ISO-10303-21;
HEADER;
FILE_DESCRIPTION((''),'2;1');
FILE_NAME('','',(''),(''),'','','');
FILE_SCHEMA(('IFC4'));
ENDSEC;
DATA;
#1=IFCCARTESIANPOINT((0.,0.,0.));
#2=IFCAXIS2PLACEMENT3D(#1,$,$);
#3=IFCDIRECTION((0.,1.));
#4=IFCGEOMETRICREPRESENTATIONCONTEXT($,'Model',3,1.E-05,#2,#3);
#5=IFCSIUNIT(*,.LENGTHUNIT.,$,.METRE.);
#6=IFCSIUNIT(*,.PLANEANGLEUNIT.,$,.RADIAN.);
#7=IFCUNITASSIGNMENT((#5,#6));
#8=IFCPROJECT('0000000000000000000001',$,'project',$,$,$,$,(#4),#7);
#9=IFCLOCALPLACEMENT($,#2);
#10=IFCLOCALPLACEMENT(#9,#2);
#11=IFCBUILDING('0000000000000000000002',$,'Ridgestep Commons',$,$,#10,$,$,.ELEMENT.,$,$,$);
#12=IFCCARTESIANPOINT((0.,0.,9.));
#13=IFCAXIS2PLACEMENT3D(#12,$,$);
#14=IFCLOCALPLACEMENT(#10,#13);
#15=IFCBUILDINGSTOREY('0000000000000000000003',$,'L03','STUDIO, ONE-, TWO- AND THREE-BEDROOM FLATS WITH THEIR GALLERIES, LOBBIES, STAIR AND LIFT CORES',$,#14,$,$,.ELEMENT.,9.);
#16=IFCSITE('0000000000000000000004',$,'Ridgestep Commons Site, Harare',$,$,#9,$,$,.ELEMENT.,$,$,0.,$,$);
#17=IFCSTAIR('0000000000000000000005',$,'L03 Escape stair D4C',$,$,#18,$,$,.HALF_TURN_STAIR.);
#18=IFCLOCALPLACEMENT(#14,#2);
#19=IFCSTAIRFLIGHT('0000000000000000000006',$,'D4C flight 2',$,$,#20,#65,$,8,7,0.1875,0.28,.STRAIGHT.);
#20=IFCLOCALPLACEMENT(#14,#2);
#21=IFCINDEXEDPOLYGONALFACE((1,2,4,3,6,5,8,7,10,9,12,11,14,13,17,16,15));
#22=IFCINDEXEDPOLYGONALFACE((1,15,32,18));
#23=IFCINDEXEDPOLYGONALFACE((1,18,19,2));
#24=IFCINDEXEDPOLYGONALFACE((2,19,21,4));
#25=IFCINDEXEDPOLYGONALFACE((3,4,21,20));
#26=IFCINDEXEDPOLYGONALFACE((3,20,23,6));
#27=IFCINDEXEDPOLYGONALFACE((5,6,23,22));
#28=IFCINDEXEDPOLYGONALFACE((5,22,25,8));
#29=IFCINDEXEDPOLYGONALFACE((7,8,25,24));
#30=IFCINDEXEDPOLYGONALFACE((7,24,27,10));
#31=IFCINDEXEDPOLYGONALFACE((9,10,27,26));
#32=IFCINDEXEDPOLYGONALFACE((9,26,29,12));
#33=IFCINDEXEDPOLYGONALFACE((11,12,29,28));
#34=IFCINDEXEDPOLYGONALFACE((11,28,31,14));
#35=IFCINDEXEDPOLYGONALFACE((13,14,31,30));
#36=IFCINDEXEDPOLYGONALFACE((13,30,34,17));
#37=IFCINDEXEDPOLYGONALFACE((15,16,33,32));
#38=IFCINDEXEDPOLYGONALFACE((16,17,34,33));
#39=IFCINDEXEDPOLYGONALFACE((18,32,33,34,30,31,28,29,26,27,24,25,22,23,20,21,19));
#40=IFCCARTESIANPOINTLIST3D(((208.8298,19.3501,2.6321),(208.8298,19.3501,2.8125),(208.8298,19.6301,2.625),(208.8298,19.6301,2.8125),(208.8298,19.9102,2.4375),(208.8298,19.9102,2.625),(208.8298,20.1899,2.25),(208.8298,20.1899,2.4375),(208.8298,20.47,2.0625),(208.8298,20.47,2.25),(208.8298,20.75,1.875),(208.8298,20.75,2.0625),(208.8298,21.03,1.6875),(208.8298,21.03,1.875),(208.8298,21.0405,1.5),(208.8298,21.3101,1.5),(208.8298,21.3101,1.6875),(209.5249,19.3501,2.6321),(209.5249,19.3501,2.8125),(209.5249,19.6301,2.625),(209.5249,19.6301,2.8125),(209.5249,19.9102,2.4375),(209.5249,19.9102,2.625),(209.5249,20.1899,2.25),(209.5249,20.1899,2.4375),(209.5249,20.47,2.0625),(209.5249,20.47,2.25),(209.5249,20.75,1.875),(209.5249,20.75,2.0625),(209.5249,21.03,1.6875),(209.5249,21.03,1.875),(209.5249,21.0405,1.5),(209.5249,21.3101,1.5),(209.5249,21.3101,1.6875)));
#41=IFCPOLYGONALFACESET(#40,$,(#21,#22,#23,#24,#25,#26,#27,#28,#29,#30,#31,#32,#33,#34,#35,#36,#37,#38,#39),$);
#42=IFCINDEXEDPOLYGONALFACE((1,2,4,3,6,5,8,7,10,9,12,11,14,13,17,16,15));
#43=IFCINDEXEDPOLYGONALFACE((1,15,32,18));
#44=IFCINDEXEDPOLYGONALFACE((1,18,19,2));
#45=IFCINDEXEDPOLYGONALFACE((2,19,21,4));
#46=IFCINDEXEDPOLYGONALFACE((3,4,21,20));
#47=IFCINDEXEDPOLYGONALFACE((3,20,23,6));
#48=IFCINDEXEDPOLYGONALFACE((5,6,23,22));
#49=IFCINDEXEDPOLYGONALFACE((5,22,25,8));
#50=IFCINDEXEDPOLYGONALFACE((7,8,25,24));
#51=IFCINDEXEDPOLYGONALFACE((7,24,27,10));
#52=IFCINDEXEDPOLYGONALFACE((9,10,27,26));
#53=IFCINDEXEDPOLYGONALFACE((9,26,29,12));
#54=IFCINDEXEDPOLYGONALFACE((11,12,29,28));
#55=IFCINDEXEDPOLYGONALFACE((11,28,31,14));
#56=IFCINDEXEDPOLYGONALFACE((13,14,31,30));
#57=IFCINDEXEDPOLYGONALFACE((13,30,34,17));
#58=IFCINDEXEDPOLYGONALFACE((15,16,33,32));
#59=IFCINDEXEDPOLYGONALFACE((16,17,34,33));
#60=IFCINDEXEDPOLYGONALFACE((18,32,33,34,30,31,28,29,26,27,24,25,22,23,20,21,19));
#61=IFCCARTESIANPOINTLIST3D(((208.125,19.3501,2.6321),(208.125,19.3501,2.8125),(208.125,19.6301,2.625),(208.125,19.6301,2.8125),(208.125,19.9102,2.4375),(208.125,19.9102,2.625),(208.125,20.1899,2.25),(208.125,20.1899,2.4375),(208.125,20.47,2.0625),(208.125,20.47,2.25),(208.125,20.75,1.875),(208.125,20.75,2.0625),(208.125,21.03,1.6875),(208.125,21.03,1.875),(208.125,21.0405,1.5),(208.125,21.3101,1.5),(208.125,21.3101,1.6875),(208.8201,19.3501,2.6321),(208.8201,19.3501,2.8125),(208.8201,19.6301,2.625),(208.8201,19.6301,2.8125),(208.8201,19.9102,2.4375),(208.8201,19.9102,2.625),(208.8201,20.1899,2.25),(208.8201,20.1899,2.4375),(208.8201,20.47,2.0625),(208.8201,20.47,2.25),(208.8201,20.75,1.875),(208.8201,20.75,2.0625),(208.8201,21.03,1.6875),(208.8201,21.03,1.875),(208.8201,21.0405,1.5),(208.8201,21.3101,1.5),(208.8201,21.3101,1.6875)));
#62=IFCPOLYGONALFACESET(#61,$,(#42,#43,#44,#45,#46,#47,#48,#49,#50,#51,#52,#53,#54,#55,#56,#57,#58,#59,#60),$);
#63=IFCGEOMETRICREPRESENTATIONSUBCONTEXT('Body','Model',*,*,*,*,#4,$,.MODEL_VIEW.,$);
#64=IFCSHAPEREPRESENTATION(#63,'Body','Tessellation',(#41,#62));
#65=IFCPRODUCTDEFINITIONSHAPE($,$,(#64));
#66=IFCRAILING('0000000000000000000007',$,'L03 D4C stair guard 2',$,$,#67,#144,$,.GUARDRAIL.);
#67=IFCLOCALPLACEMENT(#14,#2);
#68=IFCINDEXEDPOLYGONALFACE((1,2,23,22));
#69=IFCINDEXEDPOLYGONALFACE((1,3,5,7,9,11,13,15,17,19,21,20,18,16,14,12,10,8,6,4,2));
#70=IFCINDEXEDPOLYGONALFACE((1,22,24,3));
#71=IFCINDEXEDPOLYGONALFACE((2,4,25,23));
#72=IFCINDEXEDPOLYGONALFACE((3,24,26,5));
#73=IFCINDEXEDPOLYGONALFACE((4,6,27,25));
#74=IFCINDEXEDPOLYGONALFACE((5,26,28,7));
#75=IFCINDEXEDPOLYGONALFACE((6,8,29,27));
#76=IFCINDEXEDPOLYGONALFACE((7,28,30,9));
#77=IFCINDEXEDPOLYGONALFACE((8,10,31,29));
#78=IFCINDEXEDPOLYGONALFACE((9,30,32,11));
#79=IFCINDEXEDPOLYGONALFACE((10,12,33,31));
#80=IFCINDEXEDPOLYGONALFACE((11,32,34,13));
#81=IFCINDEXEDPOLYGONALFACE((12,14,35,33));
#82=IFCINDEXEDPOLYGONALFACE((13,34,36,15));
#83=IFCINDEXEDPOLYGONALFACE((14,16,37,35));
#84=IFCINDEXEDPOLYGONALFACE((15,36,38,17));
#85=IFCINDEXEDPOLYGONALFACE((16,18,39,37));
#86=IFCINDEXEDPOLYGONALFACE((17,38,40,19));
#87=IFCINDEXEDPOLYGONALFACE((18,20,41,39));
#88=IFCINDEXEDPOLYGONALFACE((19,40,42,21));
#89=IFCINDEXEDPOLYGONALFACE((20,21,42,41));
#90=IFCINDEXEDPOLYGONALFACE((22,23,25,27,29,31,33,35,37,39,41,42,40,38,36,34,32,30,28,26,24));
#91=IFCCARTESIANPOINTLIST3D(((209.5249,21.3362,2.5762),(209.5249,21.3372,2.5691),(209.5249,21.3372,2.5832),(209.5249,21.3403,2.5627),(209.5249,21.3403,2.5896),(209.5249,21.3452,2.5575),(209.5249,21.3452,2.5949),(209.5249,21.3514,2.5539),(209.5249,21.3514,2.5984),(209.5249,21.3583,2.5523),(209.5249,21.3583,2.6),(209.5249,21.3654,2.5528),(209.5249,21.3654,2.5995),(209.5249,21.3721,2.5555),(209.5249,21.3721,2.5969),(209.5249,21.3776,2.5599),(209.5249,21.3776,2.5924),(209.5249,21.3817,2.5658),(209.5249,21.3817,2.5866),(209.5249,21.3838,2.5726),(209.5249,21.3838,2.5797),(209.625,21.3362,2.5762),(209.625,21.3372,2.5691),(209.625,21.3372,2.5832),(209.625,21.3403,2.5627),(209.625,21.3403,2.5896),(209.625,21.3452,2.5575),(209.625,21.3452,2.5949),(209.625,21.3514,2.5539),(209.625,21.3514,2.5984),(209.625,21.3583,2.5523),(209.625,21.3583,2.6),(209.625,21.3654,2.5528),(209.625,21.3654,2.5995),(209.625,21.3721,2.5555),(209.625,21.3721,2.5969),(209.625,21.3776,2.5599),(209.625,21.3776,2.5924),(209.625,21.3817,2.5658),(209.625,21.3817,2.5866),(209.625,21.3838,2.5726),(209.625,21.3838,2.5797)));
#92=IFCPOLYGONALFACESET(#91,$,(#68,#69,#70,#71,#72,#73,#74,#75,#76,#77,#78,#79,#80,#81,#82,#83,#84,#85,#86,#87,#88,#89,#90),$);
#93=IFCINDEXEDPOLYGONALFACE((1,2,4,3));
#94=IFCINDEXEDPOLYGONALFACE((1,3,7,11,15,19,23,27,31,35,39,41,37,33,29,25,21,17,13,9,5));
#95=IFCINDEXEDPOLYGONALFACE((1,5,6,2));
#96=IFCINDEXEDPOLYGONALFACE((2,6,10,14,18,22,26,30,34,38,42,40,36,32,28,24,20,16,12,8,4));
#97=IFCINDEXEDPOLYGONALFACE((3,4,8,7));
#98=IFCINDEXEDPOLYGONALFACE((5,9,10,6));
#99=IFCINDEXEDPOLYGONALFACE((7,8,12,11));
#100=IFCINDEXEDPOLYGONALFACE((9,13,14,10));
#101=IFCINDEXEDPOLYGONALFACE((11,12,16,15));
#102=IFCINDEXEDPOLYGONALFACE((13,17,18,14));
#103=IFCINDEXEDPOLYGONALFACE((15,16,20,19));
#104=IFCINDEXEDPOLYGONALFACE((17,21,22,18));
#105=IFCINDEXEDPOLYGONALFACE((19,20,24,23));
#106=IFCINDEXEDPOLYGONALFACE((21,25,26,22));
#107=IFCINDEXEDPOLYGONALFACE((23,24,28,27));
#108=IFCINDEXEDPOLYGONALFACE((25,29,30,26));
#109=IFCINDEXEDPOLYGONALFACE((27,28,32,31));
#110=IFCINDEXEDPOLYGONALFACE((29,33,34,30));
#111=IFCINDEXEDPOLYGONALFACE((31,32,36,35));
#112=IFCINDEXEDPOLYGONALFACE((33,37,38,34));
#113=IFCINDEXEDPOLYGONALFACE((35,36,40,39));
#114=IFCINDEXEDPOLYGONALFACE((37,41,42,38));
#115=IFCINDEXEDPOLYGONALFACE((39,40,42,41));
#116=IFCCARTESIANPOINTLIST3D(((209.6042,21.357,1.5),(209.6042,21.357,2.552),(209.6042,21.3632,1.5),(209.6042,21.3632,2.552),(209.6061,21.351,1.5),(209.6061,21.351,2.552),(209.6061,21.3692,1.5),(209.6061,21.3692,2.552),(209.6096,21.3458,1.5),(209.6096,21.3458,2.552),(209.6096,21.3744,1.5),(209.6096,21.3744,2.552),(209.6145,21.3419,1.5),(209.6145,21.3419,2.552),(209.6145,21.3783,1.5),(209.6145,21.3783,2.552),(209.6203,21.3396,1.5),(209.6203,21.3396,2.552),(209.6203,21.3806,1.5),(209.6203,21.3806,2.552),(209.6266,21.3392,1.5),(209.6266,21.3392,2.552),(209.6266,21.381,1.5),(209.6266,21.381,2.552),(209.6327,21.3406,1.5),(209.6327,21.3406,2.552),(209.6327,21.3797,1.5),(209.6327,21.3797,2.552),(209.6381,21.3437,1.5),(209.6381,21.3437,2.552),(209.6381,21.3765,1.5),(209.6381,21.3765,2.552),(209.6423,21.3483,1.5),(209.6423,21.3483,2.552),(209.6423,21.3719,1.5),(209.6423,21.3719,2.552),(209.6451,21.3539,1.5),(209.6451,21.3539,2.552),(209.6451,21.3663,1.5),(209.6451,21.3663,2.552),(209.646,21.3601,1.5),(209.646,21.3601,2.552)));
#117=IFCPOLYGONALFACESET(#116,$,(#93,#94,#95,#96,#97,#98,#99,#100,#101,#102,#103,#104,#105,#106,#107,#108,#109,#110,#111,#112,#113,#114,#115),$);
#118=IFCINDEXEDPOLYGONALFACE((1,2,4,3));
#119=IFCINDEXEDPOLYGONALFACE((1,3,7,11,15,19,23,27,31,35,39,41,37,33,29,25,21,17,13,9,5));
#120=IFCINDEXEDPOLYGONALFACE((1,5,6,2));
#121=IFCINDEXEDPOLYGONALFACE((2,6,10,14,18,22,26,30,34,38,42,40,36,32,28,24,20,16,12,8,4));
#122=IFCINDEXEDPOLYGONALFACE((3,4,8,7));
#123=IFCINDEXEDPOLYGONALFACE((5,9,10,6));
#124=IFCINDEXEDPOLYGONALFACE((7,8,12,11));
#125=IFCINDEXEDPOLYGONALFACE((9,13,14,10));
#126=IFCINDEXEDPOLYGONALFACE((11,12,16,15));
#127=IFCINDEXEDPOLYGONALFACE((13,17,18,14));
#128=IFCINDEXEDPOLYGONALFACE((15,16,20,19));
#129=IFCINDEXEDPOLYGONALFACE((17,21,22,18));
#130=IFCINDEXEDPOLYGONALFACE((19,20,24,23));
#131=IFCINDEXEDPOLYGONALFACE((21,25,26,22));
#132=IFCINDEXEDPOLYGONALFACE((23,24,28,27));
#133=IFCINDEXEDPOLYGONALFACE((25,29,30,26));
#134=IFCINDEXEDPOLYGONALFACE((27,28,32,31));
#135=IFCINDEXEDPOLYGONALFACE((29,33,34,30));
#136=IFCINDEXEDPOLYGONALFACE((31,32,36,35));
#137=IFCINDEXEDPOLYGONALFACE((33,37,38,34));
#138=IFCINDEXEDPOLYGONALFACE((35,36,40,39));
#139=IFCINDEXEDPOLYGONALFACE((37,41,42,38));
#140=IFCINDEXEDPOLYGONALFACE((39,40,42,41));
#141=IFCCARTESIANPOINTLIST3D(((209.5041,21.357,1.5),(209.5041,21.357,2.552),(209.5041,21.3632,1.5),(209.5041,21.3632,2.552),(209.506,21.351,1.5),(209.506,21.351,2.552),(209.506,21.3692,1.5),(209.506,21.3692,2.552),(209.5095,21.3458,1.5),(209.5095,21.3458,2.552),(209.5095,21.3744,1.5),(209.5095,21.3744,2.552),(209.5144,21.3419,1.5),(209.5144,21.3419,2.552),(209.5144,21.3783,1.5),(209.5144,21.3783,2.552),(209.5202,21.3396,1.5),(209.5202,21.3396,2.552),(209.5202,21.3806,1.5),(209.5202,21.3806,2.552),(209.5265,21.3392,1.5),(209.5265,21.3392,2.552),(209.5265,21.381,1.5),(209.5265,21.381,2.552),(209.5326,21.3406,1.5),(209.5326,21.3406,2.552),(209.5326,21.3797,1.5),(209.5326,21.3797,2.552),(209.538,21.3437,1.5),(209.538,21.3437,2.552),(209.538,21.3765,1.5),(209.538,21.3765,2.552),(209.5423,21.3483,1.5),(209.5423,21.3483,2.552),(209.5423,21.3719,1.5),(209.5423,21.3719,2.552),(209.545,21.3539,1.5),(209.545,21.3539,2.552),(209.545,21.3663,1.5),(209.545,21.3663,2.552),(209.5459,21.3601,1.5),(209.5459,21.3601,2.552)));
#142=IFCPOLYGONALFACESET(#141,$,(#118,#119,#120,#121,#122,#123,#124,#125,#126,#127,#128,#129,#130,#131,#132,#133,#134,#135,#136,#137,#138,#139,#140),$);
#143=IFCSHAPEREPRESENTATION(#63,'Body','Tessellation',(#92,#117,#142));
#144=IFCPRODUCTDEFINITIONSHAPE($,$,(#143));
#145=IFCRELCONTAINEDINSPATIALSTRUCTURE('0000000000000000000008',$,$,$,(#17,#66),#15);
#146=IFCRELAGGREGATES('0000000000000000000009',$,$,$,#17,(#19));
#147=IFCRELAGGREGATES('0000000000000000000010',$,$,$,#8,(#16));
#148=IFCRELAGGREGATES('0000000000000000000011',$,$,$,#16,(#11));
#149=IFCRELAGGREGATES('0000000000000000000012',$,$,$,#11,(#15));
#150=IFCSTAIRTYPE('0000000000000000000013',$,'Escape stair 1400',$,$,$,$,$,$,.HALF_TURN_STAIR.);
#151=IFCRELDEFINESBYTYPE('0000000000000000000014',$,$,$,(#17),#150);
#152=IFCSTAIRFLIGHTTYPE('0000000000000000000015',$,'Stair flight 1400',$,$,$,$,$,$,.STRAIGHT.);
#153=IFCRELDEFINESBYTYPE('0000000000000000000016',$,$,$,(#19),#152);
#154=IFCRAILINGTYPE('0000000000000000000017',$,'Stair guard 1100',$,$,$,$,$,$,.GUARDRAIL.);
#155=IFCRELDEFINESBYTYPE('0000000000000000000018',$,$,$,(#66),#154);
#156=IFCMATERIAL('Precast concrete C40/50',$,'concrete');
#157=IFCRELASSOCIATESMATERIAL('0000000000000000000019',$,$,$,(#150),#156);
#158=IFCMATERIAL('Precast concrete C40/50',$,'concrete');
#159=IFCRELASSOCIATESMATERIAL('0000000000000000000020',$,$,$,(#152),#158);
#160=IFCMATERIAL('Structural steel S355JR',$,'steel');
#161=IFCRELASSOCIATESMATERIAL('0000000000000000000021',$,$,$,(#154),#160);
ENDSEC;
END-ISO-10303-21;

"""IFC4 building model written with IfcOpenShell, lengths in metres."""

from ifc_helpers import new_model, si_unit, direction, frame, origin, origin_2d, place, context, subcontext, project, spatial, polyline, circle, outline, extrude, material, type_object, element, aggregate, save


model = new_model("IFC4")

# Units and contexts
model_context = context("Model", 3, precision=1e-05, world=origin(), true_north=direction((0.0, 1.0)))
body_context = subcontext(model_context, "Body", "Model", "MODEL_VIEW")
ifc_project = project(units=[si_unit("LENGTHUNIT", "METRE"), si_unit("PLANEANGLEUNIT", "RADIAN")], contexts=[model_context])

# Site, building, storey
site_placement = place(None, origin())
site = spatial("IfcSite", under=ifc_project, at=site_placement, Name="Ridgestep Commons Site, Harare", CompositionType="ELEMENT", RefElevation=0.0)
building_placement = place(site_placement, origin())
building = spatial("IfcBuilding", under=site, at=building_placement, Name="Ridgestep Commons", CompositionType="ELEMENT")
storey_placement = place(building_placement, frame((0.0, 0.0, 9.0)))
storey = spatial("IfcBuildingStorey", under=building, at=storey_placement, Name="L03", Description="STUDIO, ONE-, TWO- AND THREE-BEDROOM FLATS WITH THEIR GALLERIES, LOBBIES, STAIR AND LIFT CORES", CompositionType="ELEMENT", Elevation=9.0)

# Stair, stair flight
ifc_material_1 = material(Name="Precast concrete C40/50", Category="concrete")
stair_type = type_object("IfcStairType", Name="Escape stair 1400", PredefinedType="HALF_TURN_STAIR", material=ifc_material_1)
stair_placement = place(storey_placement, origin())
stair = element("IfcStair", 1, at=stair_placement, inside=storey, type_object=stair_type, Name="L03 Escape stair D4C", PredefinedType="HALF_TURN_STAIR")
ifc_material_2 = material(Name="Precast concrete C40/50", Category="concrete")
stair_flight_type = type_object("IfcStairFlightType", Name="Stair flight 1400", PredefinedType="STRAIGHT", material=ifc_material_2)
stair_flight_placement = place(storey_placement, frame((208.825, 21.3101, 1.5), z_axis=(0.0, 0.0, 1.0), x_axis=(0.0, -1.0, 0.0)))
stair_flight = element("IfcStairFlight", 2, at=stair_flight_placement, type_object=stair_flight_type, Name="D4C flight 2", NumberOfRisers=8, NumberOfTreads=7, PredefinedType="STRAIGHT", RiserHeight=0.1875, TreadLength=0.28, context=body_context, shape_type="SweptSolid", body=[
    extrude(outline(polyline([(0.0, 0.0), (0.0, 0.1875), (0.28, 0.1875), (0.28, 0.375), (0.5601, 0.375), (0.5601, 0.5625), (0.8401, 0.5625), (0.8401, 0.75), (1.1201, 0.75), (1.1201, 0.9375), (1.3999, 0.9375), (1.3999, 1.125), (1.6799, 1.125), (1.6799, 1.3125), (1.96, 1.3125), (1.96, 1.5), (1.96, 1.1321), (0.2695, 0.0), (0.0, 0.0)])), frame((0.0, 0.7, 0.0), z_axis=(0.0, -1.0, 0.0), x_axis=(1.0, 0.0, 0.0)), (0.0, 0.0, 1.0), 0.6951),
    extrude(outline(polyline([(0.0, 0.0), (0.0, 0.1875), (0.28, 0.1875), (0.28, 0.375), (0.5601, 0.375), (0.5601, 0.5625), (0.8401, 0.5625), (0.8401, 0.75), (1.1201, 0.75), (1.1201, 0.9375), (1.3999, 0.9375), (1.3999, 1.125), (1.6799, 1.125), (1.6799, 1.3125), (1.96, 1.3125), (1.96, 1.5), (1.96, 1.1321), (0.2695, 0.0), (0.0, 0.0)])), frame((0.0, -0.0049, 0.0), z_axis=(0.0, -1.0, 0.0), x_axis=(1.0, 0.0, 0.0)), (0.0, 0.0, 1.0), 0.6951),
])
aggregate(stair, [stair_flight])

# Railing
ifc_material_3 = material(Name="Structural steel S355JR", Category="steel")
railing_type_1 = type_object("IfcRailingType", Name="Stair guard 1100", PredefinedType="GUARDRAIL", material=ifc_material_3)
railing_1_placement = place(storey_placement, frame((209.625, 21.3601, 1.5)))
element("IfcRailing", 3, at=railing_1_placement, inside=storey, type_object=railing_type_1, Name="L03 D4C stair guard 2", PredefinedType="GUARDRAIL", context=body_context, shape_type="SweptSolid", body=[
    extrude(circle(Radius=0.0239, at=origin_2d()), frame((0.0, 0.0, 1.0762), z_axis=(-1.0, 0.0, 0.0), x_axis=(0.0, -1.0, 0.0)), (0.0, 0.0, 1.0), 0.1001),
    extrude(circle(Radius=0.021, at=origin_2d()), origin(), (0.0, 0.0, 1.0), 1.052),
    extrude(circle(Radius=0.021, at=origin_2d()), frame((-0.1001, 0.0, 0.0)), (0.0, 0.0, 1.0), 1.052),
])

save(model, "model.ifc")
